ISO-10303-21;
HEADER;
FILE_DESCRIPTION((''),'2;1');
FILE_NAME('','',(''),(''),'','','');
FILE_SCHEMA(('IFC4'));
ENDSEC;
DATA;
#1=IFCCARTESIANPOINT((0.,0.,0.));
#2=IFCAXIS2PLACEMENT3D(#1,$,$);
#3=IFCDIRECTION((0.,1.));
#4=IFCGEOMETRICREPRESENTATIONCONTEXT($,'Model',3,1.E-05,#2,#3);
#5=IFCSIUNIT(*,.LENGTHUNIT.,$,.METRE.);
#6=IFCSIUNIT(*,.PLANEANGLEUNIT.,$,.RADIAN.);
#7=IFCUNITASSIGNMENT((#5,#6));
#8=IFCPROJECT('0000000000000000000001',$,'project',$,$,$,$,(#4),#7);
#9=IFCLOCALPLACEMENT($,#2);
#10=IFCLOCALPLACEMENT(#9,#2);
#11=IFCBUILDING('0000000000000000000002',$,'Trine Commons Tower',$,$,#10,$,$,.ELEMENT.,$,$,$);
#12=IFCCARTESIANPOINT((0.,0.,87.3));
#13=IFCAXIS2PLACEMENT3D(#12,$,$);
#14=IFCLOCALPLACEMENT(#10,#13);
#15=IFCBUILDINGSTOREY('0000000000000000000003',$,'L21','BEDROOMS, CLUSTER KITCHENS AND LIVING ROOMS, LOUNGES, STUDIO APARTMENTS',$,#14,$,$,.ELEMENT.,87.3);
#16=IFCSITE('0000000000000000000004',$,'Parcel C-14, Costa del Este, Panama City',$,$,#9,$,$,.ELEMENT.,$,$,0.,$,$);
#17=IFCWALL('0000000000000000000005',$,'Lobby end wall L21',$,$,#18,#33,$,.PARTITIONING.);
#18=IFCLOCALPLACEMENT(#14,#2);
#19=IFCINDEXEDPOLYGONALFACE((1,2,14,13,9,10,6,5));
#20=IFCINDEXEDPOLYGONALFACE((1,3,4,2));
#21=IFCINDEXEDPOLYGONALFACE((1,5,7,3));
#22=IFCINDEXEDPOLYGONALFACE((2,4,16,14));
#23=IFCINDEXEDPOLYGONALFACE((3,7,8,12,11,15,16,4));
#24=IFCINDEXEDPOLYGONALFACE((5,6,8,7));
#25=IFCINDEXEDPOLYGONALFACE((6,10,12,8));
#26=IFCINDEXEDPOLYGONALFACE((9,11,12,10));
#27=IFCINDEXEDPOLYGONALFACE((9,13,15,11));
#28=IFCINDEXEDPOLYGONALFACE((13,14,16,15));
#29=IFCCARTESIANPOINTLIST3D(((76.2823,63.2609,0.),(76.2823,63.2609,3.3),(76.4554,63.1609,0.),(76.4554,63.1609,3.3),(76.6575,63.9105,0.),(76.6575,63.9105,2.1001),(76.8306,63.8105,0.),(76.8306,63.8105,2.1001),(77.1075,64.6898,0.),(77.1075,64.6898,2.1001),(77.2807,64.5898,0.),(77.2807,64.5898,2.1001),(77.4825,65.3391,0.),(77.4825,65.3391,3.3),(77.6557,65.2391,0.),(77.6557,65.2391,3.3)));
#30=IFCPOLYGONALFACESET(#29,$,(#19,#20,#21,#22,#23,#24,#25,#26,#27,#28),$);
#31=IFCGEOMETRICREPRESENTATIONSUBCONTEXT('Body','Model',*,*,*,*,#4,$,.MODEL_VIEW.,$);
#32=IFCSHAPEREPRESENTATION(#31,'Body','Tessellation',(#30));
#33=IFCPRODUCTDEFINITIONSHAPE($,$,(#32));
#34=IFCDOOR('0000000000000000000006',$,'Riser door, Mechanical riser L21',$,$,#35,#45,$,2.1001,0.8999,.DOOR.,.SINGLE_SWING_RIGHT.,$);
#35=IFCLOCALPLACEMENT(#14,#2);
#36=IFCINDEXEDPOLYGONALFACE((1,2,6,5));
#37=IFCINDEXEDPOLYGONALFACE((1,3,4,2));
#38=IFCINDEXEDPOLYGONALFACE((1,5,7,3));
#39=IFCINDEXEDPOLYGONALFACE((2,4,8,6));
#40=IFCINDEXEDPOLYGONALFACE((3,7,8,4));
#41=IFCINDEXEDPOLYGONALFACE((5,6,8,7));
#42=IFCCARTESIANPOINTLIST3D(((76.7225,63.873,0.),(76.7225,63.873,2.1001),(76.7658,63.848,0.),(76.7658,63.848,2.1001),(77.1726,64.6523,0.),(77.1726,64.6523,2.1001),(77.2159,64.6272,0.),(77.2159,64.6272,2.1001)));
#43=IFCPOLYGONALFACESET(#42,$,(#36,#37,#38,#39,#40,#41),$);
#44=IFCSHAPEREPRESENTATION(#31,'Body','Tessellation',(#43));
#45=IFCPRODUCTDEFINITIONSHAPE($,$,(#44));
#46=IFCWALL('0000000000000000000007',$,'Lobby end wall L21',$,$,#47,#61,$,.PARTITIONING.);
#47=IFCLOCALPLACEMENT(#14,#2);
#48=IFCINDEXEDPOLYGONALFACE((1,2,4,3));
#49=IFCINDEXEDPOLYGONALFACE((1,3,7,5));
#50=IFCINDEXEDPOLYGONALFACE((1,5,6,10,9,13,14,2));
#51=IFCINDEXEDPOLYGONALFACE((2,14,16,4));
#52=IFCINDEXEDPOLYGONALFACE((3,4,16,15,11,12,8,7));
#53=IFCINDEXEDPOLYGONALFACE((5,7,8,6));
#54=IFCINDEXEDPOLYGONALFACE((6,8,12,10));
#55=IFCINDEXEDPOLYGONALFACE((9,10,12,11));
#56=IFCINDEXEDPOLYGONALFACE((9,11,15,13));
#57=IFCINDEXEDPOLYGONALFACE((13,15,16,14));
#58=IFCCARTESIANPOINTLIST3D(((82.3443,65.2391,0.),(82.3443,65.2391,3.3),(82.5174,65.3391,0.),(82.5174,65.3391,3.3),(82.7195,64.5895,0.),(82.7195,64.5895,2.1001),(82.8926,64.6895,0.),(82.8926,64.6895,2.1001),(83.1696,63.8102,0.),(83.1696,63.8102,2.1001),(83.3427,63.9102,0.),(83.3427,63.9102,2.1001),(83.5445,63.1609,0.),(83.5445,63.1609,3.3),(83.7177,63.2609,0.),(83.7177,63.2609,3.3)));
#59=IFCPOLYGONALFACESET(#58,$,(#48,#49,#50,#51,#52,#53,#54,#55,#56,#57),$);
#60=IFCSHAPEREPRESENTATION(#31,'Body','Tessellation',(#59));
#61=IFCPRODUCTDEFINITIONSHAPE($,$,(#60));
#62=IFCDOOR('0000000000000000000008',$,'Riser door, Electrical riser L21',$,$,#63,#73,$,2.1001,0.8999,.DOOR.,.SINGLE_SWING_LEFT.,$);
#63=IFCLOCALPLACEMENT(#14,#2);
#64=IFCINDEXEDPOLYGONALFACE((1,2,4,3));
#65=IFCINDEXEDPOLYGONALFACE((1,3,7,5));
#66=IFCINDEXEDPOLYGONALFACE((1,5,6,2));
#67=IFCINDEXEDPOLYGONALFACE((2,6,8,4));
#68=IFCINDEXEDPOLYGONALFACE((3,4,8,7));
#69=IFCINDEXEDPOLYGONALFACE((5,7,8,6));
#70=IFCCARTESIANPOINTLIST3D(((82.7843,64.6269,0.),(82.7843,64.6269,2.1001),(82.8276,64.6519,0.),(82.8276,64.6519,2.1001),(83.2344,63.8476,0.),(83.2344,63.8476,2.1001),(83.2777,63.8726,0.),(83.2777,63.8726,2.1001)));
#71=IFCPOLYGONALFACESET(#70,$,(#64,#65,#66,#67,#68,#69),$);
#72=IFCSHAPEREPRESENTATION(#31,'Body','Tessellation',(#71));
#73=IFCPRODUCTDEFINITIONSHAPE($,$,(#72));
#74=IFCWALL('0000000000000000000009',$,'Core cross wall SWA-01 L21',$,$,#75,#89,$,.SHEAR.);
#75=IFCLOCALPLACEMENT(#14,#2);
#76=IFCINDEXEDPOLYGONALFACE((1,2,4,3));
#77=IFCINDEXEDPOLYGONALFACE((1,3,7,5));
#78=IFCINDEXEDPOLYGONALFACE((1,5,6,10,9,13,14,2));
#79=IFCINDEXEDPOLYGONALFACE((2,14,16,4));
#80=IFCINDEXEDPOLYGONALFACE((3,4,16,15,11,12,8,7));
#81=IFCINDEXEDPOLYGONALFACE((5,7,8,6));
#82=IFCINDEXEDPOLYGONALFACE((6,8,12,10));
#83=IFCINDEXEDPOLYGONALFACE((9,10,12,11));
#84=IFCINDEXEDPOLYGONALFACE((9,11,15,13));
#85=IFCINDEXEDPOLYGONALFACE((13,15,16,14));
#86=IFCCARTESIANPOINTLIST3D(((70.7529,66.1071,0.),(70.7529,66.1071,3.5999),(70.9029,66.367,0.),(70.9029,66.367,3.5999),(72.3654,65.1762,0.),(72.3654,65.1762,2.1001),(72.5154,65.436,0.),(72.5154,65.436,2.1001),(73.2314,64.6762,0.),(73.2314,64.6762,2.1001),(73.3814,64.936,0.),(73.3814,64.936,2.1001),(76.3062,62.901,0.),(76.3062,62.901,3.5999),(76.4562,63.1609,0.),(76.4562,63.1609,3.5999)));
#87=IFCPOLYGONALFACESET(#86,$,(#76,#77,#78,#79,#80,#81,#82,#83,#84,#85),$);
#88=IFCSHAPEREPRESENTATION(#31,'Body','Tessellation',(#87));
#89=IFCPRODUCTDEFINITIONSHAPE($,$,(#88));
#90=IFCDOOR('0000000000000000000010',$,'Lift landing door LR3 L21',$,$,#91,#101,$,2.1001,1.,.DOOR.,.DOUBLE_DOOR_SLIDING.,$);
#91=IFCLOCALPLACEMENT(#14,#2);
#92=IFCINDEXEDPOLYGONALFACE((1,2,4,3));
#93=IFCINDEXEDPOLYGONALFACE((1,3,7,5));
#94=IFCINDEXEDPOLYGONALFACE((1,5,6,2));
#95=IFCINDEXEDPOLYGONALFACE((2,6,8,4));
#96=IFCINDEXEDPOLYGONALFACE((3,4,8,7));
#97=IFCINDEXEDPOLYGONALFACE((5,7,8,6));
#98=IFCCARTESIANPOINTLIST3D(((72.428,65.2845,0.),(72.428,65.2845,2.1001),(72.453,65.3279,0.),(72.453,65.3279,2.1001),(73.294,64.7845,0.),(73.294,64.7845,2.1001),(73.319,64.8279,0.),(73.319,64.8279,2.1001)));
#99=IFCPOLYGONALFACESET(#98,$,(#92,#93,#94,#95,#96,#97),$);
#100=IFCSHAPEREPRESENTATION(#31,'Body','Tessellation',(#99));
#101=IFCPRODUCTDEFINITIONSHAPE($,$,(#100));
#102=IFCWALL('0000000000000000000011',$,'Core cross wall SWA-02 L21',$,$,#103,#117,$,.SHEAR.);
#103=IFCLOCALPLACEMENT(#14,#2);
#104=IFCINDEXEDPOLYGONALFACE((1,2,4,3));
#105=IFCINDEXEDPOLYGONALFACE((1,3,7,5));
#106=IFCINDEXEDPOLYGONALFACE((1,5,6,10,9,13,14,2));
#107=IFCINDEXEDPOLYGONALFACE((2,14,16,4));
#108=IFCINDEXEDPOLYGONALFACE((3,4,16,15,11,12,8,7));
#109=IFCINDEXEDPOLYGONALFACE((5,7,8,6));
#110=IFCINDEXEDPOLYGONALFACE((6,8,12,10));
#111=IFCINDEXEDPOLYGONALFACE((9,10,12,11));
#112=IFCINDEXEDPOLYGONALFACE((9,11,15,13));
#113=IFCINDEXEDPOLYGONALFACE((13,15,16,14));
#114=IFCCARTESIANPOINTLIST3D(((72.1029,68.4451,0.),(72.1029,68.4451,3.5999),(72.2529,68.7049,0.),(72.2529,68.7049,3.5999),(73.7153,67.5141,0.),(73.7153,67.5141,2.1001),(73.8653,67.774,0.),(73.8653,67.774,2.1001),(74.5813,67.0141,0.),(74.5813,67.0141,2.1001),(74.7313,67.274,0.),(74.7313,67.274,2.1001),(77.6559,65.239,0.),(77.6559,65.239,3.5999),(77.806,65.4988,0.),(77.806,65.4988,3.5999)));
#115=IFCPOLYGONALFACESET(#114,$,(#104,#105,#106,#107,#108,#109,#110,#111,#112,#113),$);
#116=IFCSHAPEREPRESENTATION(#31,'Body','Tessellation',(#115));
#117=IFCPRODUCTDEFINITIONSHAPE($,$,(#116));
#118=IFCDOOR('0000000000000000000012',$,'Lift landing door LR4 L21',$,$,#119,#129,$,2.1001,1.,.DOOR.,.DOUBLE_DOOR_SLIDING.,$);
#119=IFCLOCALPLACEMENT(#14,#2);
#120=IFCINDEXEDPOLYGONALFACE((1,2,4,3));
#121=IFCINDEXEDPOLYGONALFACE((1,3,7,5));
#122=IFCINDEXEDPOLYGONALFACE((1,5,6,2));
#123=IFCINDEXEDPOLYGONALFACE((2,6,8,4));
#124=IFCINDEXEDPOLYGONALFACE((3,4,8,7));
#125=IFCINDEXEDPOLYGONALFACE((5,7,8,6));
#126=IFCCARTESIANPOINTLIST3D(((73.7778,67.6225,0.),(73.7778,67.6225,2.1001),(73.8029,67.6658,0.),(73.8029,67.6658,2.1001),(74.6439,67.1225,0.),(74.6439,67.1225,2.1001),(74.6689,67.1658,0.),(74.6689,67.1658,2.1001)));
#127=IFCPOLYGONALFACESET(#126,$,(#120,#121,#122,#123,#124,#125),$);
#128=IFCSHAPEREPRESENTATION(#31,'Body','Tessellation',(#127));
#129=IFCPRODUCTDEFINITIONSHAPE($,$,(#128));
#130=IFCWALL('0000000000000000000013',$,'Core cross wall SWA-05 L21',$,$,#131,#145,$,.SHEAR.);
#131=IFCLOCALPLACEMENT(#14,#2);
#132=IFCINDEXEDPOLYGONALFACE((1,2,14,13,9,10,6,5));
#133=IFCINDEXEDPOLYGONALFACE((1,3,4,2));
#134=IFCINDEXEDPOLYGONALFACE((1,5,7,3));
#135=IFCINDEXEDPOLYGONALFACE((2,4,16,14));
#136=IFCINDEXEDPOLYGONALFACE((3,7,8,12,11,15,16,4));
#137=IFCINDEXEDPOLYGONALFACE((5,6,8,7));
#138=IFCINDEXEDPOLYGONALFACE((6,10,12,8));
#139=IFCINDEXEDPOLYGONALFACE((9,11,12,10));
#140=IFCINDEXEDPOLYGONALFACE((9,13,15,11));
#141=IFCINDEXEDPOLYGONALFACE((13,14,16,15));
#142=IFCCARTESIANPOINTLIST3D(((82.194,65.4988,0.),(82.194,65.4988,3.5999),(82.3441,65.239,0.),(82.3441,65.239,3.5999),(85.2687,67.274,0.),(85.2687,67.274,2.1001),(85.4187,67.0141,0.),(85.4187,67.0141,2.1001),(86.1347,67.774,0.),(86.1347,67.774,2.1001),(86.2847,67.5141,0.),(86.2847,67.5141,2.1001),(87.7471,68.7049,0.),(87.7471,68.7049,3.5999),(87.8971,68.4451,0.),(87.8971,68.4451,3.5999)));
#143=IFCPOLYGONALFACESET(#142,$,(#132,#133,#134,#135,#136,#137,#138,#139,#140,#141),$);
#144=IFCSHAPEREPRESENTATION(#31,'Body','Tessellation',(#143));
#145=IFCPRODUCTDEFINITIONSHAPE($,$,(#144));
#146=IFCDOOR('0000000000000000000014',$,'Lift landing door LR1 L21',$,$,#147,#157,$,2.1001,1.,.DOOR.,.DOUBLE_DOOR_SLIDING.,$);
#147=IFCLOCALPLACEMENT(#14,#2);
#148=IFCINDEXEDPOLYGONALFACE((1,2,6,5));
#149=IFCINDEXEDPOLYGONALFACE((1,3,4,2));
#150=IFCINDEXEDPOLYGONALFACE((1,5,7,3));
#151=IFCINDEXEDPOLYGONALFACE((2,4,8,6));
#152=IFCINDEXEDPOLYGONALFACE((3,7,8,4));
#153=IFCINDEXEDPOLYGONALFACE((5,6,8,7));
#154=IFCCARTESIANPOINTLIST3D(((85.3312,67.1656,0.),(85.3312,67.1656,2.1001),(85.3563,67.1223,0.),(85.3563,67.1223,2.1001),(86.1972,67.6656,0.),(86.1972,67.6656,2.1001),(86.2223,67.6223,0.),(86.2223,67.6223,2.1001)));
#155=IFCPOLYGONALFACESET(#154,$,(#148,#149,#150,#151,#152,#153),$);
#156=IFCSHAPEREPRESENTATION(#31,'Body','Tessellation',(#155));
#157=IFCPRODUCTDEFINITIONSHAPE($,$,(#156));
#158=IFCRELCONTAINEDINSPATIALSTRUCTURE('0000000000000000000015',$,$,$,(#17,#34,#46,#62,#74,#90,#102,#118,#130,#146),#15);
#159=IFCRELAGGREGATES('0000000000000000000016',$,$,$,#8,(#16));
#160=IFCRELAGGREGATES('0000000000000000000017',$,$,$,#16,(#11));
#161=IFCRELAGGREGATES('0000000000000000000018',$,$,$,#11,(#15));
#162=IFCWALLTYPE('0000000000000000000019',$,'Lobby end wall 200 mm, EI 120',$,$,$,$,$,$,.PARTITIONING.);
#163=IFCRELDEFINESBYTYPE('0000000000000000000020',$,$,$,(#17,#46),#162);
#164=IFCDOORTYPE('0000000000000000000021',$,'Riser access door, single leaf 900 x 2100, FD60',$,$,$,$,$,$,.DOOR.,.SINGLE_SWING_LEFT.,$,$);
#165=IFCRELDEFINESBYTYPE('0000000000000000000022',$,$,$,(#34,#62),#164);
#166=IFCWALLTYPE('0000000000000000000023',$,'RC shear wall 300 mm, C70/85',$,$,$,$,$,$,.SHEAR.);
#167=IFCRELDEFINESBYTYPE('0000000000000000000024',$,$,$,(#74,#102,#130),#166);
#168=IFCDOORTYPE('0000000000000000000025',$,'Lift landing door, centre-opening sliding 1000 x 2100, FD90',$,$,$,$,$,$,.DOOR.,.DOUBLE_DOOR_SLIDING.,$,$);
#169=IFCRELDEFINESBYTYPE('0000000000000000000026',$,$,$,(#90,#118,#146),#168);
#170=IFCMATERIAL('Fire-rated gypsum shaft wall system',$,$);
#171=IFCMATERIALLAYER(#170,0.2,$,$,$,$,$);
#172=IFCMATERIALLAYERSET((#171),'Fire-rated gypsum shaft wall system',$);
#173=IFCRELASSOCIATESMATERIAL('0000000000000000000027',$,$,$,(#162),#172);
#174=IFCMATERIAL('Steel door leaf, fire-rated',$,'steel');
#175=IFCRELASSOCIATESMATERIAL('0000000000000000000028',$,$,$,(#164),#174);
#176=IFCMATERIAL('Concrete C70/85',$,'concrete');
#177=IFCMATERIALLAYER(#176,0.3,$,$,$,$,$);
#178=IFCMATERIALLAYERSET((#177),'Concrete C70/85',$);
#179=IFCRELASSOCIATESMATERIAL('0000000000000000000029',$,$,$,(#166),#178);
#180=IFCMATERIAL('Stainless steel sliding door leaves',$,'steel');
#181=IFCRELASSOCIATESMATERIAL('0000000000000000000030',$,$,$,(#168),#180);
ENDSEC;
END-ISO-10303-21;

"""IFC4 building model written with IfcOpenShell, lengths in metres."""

from ifc_helpers import new_model, si_unit, direction, frame, frame_2d, origin, place, context, subcontext, project, spatial, rectangle, extrude, material, layer, layer_set, type_object, element, fill, save


model = new_model("IFC4")

# Units and contexts
model_context = context("Model", 3, precision=1e-05, world=origin(), true_north=direction((0.0, 1.0)))
body_context = subcontext(model_context, "Body", "Model", "MODEL_VIEW")
ifc_project = project(units=[si_unit("LENGTHUNIT", "METRE"), si_unit("PLANEANGLEUNIT", "RADIAN")], contexts=[model_context])

# Site, building, storey
site_placement = place(None, origin())
site = spatial("IfcSite", under=ifc_project, at=site_placement, Name="Parcel C-14, Costa del Este, Panama City", CompositionType="ELEMENT", RefElevation=0.0)
building_placement = place(site_placement, origin())
building = spatial("IfcBuilding", under=site, at=building_placement, Name="Trine Commons Tower", CompositionType="ELEMENT")
storey_placement = place(building_placement, frame((0.0, 0.0, 87.3)))
storey = spatial("IfcBuildingStorey", under=building, at=storey_placement, Name="L21", Description="BEDROOMS, CLUSTER KITCHENS AND LIVING ROOMS, LOUNGES, STUDIO APARTMENTS", CompositionType="ELEMENT", Elevation=87.3)

# Walls, openings, doors
ifc_material_1 = material(Name="Fire-rated gypsum shaft wall system")
ifc_layer_1 = layer(ifc_material_1, 0.2)
ifc_layer_set_1 = layer_set([ifc_layer_1], Name="Fire-rated gypsum shaft wall system")
wall_type_1 = type_object("IfcWallType", Name="Lobby end wall 200 mm, EI 120", PredefinedType="PARTITIONING", material=ifc_layer_set_1)
wall_1_placement = place(storey_placement, frame((77.5691, 65.2891, 0.0), z_axis=(0.0, 0.0, 1.0), x_axis=(-0.500122, -0.865955, 0.0)))
wall_1 = element("IfcWall", 1, at=wall_1_placement, inside=storey, type_object=wall_type_1, Name="Lobby end wall L21", PredefinedType="PARTITIONING", context=body_context, shape_type="SweptSolid", body=[
    extrude(rectangle(XDim=2.3999, YDim=0.2, at=frame_2d((1.2, 0.0))), origin(), (0.0, 0.0, 1.0), 3.3),
])
opening_1_placement = place(wall_1_placement, frame((0.7498, 0.0, 0.0)))
opening_1 = element("IfcOpeningElement", 2, at=opening_1_placement, cuts=wall_1, PredefinedType="OPENING", context=body_context, shape_type="SweptSolid", body=[
    extrude(rectangle(XDim=0.8999, YDim=2.1001, at=frame_2d((0.45, 1.05))), frame((0.0, 0.1099, 0.0), z_axis=(0.0, -1.0, 0.0), x_axis=(1.0, 0.0, 0.0)), (0.0, 0.0, 1.0), 0.22),
])
ifc_material_2 = material(Name="Steel door leaf, fire-rated", Category="steel")
door_type_1 = type_object("IfcDoorType", Name="Riser access door, single leaf 900 x 2100, FD60", OperationType="SINGLE_SWING_LEFT", PredefinedType="DOOR", material=ifc_material_2)
door_1_placement = place(opening_1_placement, frame((0.8999, 0.0, 0.0), z_axis=(0.0, 0.0, 1.0), x_axis=(-1.0, 0.0, 0.0)))
door_1 = element("IfcDoor", 3, at=door_1_placement, inside=storey, type_object=door_type_1, Name="Riser door, Mechanical riser L21", OperationType="SINGLE_SWING_RIGHT", OverallHeight=2.1001, OverallWidth=0.8999, PredefinedType="DOOR", context=body_context, shape_type="SweptSolid", body=[
    extrude(rectangle(XDim=0.8999, YDim=2.1001, at=frame_2d((0.45, 1.05))), frame((0.0, 0.0249, 0.0), z_axis=(0.0, -1.0, 0.0), x_axis=(1.0, 0.0, 0.0)), (0.0, 0.0, 1.0), 0.05),
])
fill(opening_1, door_1)
wall_2_placement = place(storey_placement, frame((83.6311, 63.2109, 0.0), z_axis=(0.0, 0.0, 1.0), x_axis=(-0.500122, 0.865955, 0.0)))
wall_2 = element("IfcWall", 4, at=wall_2_placement, inside=storey, type_object=wall_type_1, Name="Lobby end wall L21", PredefinedType="PARTITIONING", context=body_context, shape_type="SweptSolid", body=[
    extrude(rectangle(XDim=2.3999, YDim=0.2, at=frame_2d((1.2, 0.0))), origin(), (0.0, 0.0, 1.0), 3.3),
])
opening_2_placement = place(wall_2_placement, frame((0.7498, 0.0, 0.0)))
opening_2 = element("IfcOpeningElement", 5, at=opening_2_placement, cuts=wall_2, PredefinedType="OPENING", context=body_context, shape_type="SweptSolid", body=[
    extrude(rectangle(XDim=0.8999, YDim=2.1001, at=frame_2d((0.45, 1.05))), frame((0.0, 0.1099, 0.0), z_axis=(0.0, -1.0, 0.0), x_axis=(1.0, 0.0, 0.0)), (0.0, 0.0, 1.0), 0.22),
])
door_2_placement = place(opening_2_placement, frame((0.8999, 0.0, 0.0), z_axis=(0.0, 0.0, 1.0), x_axis=(-1.0, 0.0, 0.0)))
door_2 = element("IfcDoor", 6, at=door_2_placement, inside=storey, type_object=door_type_1, Name="Riser door, Electrical riser L21", OperationType="SINGLE_SWING_LEFT", OverallHeight=2.1001, OverallWidth=0.8999, PredefinedType="DOOR", context=body_context, shape_type="SweptSolid", body=[
    extrude(rectangle(XDim=0.8999, YDim=2.1001, at=frame_2d((0.45, 1.05))), frame((0.0, 0.0249, 0.0), z_axis=(0.0, -1.0, 0.0), x_axis=(1.0, 0.0, 0.0)), (0.0, 0.0, 1.0), 0.05),
])
fill(opening_2, door_2)
ifc_material_3 = material(Name="Concrete C70/85", Category="concrete")
ifc_layer_2 = layer(ifc_material_3, 0.3)
ifc_layer_set_2 = layer_set([ifc_layer_2], Name="Concrete C70/85")
wall_type_2 = type_object("IfcWallType", Name="RC shear wall 300 mm, C70/85", PredefinedType="SHEAR", material=ifc_layer_set_2)
wall_3_placement = place(storey_placement, frame((76.3811, 63.031, 0.0), z_axis=(0.0, 0.0, 1.0), x_axis=(-0.866032, 0.499988, 0.0)))
wall_3 = element("IfcWall", 7, at=wall_3_placement, inside=storey, type_object=wall_type_2, Name="Core cross wall SWA-01 L21", PredefinedType="SHEAR", context=body_context, shape_type="SweptSolid", body=[
    extrude(rectangle(XDim=6.4124, YDim=0.3, at=frame_2d((3.2061, 0.0))), origin(), (0.0, 0.0, 1.0), 3.5999),
])
opening_3_placement = place(wall_3_placement, frame((3.5503, 0.0, 0.0)))
opening_3 = element("IfcOpeningElement", 8, at=opening_3_placement, cuts=wall_3, PredefinedType="OPENING", context=body_context, shape_type="SweptSolid", body=[
    extrude(rectangle(XDim=1.0, YDim=2.1001, at=frame_2d((0.5, 1.05))), frame((0.0, 0.1599, 0.0), z_axis=(0.0, -1.0, 0.0), x_axis=(1.0, 0.0, 0.0)), (0.0, 0.0, 1.0), 0.3201),
])
ifc_material_4 = material(Name="Stainless steel sliding door leaves", Category="steel")
door_type_2 = type_object("IfcDoorType", Name="Lift landing door, centre-opening sliding 1000 x 2100, FD90", OperationType="DOUBLE_DOOR_SLIDING", PredefinedType="DOOR", material=ifc_material_4)
door_3_placement = place(opening_3_placement, origin())
door_3 = element("IfcDoor", 9, at=door_3_placement, inside=storey, type_object=door_type_2, Name="Lift landing door LR3 L21", OperationType="DOUBLE_DOOR_SLIDING", OverallHeight=2.1001, OverallWidth=1.0, PredefinedType="DOOR", context=body_context, shape_type="SweptSolid", body=[
    extrude(rectangle(XDim=1.0, YDim=2.1001, at=frame_2d((0.5, 1.05))), frame((0.0, 0.0249, 0.0), z_axis=(0.0, -1.0, 0.0), x_axis=(1.0, 0.0, 0.0)), (0.0, 0.0, 1.0), 0.05),
])
fill(opening_3, door_3)
wall_4_placement = place(storey_placement, frame((77.731, 65.3689, 0.0), z_axis=(0.0, 0.0, 1.0), x_axis=(-0.866023, 0.500005, 0.0)))
wall_4 = element("IfcWall", 10, at=wall_4_placement, inside=storey, type_object=wall_type_2, Name="Core cross wall SWA-02 L21", PredefinedType="SHEAR", context=body_context, shape_type="SweptSolid", body=[
    extrude(rectangle(XDim=6.4121, YDim=0.3, at=frame_2d((3.2061, 0.0))), origin(), (0.0, 0.0, 1.0), 3.5999),
])
opening_4_placement = place(wall_4_placement, frame((3.5503, 0.0, 0.0)))
opening_4 = element("IfcOpeningElement", 11, at=opening_4_placement, cuts=wall_4, PredefinedType="OPENING", context=body_context, shape_type="SweptSolid", body=[
    extrude(rectangle(XDim=1.0, YDim=2.1001, at=frame_2d((0.5, 1.05))), frame((0.0, 0.1599, 0.0), z_axis=(0.0, -1.0, 0.0), x_axis=(1.0, 0.0, 0.0)), (0.0, 0.0, 1.0), 0.3201),
])
door_4_placement = place(opening_4_placement, origin())
door_4 = element("IfcDoor", 12, at=door_4_placement, inside=storey, type_object=door_type_2, Name="Lift landing door LR4 L21", OperationType="DOUBLE_DOOR_SLIDING", OverallHeight=2.1001, OverallWidth=1.0, PredefinedType="DOOR", context=body_context, shape_type="SweptSolid", body=[
    extrude(rectangle(XDim=1.0, YDim=2.1001, at=frame_2d((0.5, 1.05))), frame((0.0, 0.0249, 0.0), z_axis=(0.0, -1.0, 0.0), x_axis=(1.0, 0.0, 0.0)), (0.0, 0.0, 1.0), 0.05),
])
fill(opening_4, door_4)
wall_5_placement = place(storey_placement, frame((82.269, 65.3689, 0.0), z_axis=(0.0, 0.0, 1.0), x_axis=(0.866023, 0.500005, 0.0)))
wall_5 = element("IfcWall", 13, at=wall_5_placement, inside=storey, type_object=wall_type_2, Name="Core cross wall SWA-05 L21", PredefinedType="SHEAR", context=body_context, shape_type="SweptSolid", body=[
    extrude(rectangle(XDim=6.4121, YDim=0.3, at=frame_2d((3.2061, 0.0))), origin(), (0.0, 0.0, 1.0), 3.5999),
])
opening_5_placement = place(wall_5_placement, frame((3.5503, 0.0, 0.0)))
opening_5 = element("IfcOpeningElement", 14, at=opening_5_placement, cuts=wall_5, PredefinedType="OPENING", context=body_context, shape_type="SweptSolid", body=[
    extrude(rectangle(XDim=1.0, YDim=2.1001, at=frame_2d((0.5, 1.05))), frame((0.0, 0.1599, 0.0), z_axis=(0.0, -1.0, 0.0), x_axis=(1.0, 0.0, 0.0)), (0.0, 0.0, 1.0), 0.3201),
])
door_5_placement = place(opening_5_placement, origin())
door_5 = element("IfcDoor", 15, at=door_5_placement, inside=storey, type_object=door_type_2, Name="Lift landing door LR1 L21", OperationType="DOUBLE_DOOR_SLIDING", OverallHeight=2.1001, OverallWidth=1.0, PredefinedType="DOOR", context=body_context, shape_type="SweptSolid", body=[
    extrude(rectangle(XDim=1.0, YDim=2.1001, at=frame_2d((0.5, 1.05))), frame((0.0, 0.0249, 0.0), z_axis=(0.0, -1.0, 0.0), x_axis=(1.0, 0.0, 0.0)), (0.0, 0.0, 1.0), 0.05),
])
fill(opening_5, door_5)

save(model, "model.ifc")
